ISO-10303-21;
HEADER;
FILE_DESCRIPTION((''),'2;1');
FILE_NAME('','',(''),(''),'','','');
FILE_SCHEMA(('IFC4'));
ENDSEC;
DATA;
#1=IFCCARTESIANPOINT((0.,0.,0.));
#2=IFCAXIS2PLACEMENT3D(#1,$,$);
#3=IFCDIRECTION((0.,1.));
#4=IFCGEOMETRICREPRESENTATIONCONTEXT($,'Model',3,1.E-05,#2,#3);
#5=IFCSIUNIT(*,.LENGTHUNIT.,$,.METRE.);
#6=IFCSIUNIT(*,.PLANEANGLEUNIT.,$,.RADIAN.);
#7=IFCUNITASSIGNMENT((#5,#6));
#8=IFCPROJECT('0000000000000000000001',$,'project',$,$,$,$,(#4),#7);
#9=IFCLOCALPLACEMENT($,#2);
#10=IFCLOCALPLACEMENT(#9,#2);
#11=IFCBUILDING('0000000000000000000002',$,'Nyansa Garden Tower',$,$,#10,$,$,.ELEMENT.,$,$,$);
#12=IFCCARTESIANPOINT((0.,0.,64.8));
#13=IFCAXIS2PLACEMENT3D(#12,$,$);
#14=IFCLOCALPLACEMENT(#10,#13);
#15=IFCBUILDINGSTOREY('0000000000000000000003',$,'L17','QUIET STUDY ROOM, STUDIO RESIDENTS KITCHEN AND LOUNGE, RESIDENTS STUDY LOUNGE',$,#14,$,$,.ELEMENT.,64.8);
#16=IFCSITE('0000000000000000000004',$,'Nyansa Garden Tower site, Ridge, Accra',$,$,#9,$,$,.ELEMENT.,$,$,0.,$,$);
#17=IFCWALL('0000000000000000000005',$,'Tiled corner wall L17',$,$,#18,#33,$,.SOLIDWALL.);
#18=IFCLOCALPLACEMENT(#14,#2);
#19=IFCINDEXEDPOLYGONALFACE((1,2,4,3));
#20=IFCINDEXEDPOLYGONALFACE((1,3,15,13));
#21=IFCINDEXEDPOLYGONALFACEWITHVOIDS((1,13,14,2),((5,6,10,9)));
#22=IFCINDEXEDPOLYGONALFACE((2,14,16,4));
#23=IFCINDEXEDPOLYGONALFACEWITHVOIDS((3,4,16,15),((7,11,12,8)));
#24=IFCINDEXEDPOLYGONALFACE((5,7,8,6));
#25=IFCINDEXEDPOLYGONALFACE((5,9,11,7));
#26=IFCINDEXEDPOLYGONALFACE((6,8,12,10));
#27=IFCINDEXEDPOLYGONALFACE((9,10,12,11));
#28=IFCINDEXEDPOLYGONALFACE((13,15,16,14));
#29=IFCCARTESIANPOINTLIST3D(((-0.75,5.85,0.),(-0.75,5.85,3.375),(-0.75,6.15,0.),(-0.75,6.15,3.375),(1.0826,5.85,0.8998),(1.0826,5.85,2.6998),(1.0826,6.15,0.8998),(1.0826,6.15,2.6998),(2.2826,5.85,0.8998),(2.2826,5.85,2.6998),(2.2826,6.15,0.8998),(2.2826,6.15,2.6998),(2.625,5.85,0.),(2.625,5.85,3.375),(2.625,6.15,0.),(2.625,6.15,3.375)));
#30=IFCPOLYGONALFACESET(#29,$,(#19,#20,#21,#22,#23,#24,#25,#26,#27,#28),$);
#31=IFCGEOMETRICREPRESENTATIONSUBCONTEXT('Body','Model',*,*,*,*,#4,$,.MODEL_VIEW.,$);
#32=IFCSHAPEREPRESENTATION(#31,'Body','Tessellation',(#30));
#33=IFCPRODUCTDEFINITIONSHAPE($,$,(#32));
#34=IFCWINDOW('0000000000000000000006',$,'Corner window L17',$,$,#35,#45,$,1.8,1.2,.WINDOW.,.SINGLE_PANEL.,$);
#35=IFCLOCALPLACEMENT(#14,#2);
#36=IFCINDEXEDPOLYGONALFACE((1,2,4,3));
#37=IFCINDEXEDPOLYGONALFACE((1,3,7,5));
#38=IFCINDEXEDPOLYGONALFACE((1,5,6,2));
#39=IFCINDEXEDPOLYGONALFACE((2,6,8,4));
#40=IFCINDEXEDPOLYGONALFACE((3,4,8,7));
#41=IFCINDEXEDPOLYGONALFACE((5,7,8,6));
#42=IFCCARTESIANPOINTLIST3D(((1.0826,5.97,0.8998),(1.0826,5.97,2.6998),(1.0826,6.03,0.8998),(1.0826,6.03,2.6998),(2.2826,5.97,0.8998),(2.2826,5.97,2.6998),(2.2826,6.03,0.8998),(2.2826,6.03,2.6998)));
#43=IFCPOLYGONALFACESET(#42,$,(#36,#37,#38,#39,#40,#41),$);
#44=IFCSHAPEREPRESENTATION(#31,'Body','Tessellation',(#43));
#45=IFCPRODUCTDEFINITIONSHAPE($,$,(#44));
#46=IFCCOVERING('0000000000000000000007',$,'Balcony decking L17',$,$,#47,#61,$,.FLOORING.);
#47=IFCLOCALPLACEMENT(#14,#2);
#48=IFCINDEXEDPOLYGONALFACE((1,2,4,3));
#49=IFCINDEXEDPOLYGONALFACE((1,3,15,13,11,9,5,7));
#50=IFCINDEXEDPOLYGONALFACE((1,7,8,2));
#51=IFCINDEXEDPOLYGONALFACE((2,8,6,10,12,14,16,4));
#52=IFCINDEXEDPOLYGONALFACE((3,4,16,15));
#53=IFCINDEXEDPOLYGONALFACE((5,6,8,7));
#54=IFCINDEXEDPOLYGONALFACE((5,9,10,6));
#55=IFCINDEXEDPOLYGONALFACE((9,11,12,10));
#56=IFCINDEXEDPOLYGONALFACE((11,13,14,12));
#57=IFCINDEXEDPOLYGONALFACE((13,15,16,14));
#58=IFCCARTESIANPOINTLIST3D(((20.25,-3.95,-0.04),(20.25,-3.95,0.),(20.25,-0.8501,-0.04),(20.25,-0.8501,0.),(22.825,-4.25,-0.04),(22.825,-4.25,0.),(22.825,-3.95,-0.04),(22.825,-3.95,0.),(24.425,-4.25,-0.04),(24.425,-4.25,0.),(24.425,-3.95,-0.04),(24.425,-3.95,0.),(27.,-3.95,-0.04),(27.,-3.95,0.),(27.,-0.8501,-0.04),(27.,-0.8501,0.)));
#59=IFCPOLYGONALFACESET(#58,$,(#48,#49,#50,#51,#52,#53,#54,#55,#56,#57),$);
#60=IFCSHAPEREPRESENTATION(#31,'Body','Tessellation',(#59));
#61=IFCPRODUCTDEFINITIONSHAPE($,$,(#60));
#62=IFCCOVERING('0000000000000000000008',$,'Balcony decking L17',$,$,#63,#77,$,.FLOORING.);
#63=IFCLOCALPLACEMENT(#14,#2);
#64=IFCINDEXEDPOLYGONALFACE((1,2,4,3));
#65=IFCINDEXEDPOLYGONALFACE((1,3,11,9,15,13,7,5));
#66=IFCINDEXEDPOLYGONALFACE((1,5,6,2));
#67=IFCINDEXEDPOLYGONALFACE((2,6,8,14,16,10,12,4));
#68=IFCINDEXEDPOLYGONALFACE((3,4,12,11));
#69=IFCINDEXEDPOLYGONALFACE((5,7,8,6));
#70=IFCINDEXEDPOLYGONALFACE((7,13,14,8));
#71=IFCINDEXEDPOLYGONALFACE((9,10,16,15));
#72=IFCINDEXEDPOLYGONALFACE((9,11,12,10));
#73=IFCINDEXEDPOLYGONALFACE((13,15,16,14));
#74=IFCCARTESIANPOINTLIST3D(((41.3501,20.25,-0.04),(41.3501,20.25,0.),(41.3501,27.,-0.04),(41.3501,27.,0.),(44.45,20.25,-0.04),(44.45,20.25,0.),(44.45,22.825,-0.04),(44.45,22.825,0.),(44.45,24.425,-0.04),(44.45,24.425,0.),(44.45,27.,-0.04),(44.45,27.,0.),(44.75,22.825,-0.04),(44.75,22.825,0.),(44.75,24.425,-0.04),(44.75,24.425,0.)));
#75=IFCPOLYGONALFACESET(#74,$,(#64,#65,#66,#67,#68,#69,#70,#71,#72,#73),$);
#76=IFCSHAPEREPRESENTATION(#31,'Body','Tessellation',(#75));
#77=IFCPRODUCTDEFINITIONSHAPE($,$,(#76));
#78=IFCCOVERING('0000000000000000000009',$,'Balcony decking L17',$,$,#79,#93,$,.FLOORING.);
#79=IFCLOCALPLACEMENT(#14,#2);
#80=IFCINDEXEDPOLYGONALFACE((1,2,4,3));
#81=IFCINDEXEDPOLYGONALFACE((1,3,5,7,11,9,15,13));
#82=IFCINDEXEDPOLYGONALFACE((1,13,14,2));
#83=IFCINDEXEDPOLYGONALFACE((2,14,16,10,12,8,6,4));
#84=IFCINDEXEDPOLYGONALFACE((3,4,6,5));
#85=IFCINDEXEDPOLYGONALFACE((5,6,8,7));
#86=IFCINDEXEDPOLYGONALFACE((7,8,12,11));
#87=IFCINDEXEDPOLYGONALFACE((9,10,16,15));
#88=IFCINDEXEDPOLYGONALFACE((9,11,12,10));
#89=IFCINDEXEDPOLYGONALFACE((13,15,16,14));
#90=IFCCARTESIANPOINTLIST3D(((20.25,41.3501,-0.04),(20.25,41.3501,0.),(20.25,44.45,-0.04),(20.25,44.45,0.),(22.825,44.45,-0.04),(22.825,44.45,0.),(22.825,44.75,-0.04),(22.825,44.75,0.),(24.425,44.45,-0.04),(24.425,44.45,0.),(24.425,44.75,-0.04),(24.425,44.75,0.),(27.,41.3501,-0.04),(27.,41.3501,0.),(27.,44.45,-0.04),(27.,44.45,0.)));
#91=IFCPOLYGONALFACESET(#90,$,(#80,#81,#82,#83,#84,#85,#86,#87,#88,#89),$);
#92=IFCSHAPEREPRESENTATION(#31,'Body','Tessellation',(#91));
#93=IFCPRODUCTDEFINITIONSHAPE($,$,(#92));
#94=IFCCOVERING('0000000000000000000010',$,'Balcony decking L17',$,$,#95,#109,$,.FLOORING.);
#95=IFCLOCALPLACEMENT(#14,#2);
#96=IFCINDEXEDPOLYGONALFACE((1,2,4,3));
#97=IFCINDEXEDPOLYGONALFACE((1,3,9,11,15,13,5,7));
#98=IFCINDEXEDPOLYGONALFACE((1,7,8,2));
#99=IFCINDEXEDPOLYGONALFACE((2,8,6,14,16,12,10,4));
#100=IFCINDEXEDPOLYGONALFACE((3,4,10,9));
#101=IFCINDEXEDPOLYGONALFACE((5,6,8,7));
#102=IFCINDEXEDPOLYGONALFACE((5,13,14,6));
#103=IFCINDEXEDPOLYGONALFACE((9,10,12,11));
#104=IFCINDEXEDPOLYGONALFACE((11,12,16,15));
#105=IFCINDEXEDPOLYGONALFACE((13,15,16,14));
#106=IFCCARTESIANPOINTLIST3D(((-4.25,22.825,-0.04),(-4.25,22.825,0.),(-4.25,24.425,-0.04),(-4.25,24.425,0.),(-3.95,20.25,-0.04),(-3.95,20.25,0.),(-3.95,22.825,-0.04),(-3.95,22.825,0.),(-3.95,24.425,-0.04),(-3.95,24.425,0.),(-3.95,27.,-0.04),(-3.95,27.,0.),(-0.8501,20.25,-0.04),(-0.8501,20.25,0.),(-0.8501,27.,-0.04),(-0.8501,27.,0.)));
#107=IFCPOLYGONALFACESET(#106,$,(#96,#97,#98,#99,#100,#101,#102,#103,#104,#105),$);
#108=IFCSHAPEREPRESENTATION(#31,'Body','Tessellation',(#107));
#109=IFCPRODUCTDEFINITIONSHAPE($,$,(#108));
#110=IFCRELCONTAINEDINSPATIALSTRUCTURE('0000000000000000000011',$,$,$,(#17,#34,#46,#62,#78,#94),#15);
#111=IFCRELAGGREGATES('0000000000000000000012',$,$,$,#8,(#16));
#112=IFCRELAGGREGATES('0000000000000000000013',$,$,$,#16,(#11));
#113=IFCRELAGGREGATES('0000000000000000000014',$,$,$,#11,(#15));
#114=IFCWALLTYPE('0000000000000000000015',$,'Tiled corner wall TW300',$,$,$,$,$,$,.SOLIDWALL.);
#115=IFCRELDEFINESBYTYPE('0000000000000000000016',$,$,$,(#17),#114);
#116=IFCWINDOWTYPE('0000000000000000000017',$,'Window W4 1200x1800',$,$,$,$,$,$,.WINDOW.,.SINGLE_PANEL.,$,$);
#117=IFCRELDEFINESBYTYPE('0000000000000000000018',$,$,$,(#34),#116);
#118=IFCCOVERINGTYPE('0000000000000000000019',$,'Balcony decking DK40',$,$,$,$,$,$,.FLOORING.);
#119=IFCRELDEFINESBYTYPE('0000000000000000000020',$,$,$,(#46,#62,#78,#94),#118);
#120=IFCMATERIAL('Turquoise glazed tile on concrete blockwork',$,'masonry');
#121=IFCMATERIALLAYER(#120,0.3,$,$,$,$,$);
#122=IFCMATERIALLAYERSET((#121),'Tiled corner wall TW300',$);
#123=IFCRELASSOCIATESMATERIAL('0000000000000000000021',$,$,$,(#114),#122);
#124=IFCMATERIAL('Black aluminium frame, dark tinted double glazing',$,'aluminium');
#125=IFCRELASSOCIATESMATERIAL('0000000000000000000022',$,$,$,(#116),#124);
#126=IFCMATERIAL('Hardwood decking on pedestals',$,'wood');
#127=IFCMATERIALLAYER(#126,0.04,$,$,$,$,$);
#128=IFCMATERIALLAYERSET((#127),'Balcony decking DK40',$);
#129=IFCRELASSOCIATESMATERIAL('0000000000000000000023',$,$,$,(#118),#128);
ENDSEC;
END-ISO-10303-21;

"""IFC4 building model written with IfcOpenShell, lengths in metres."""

from ifc_helpers import new_model, si_unit, direction, frame, frame_2d, origin, place, context, subcontext, project, spatial, polyline, rectangle, outline, extrude, material, layer, layer_set, type_object, element, fill, save


model = new_model("IFC4")

# Units and contexts
model_context = context("Model", 3, precision=1e-05, world=origin(), true_north=direction((0.0, 1.0)))
body_context = subcontext(model_context, "Body", "Model", "MODEL_VIEW")
ifc_project = project(units=[si_unit("LENGTHUNIT", "METRE"), si_unit("PLANEANGLEUNIT", "RADIAN")], contexts=[model_context])

# Site, building, storey
site_placement = place(None, origin())
site = spatial("IfcSite", under=ifc_project, at=site_placement, Name="Nyansa Garden Tower site, Ridge, Accra", CompositionType="ELEMENT", RefElevation=0.0)
building_placement = place(site_placement, origin())
building = spatial("IfcBuilding", under=site, at=building_placement, Name="Nyansa Garden Tower", CompositionType="ELEMENT")
storey_placement = place(building_placement, frame((0.0, 0.0, 64.8)))
storey = spatial("IfcBuildingStorey", under=building, at=storey_placement, Name="L17", Description="QUIET STUDY ROOM, STUDIO RESIDENTS KITCHEN AND LOUNGE, RESIDENTS STUDY LOUNGE", CompositionType="ELEMENT", Elevation=64.8)

# Wall, opening, window
ifc_material_1 = material(Name="Turquoise glazed tile on concrete blockwork", Category="masonry")
ifc_layer_1 = layer(ifc_material_1, 0.3)
ifc_layer_set_1 = layer_set([ifc_layer_1], Name="Tiled corner wall TW300")
wall_type = type_object("IfcWallType", Name="Tiled corner wall TW300", PredefinedType="SOLIDWALL", material=ifc_layer_set_1)
wall_placement = place(storey_placement, frame((-0.75, 6.0, 0.0), z_axis=(0.0, 0.0, 1.0), x_axis=(1.0, 0.0, 0.0)))
wall = element("IfcWall", 1, at=wall_placement, inside=storey, type_object=wall_type, Name="Tiled corner wall L17", PredefinedType="SOLIDWALL", context=body_context, shape_type="SweptSolid", body=[
    extrude(rectangle(XDim=3.375, YDim=0.3, at=frame_2d((1.6875, 0.0))), origin(), (0.0, 0.0, 1.0), 3.375),
])
opening_placement = place(wall_placement, frame((1.8325, 0.0, 0.8999)))
opening = element("IfcOpeningElement", 2, at=opening_placement, cuts=wall, PredefinedType="OPENING", context=body_context, shape_type="SweptSolid", body=[
    extrude(rectangle(XDim=1.2, YDim=1.8, at=frame_2d((0.6001, 0.8999))), frame((0.0, 0.1599, 0.0), z_axis=(0.0, -1.0, 0.0), x_axis=(1.0, 0.0, 0.0)), (0.0, 0.0, 1.0), 0.3201),
])
ifc_material_2 = material(Name="Black aluminium frame, dark tinted double glazing", Category="aluminium")
window_type = type_object("IfcWindowType", Name="Window W4 1200x1800", PartitioningType="SINGLE_PANEL", PredefinedType="WINDOW", material=ifc_material_2)
window_placement = place(opening_placement, origin())
window = element("IfcWindow", 3, at=window_placement, inside=storey, type_object=window_type, Name="Corner window L17", OverallHeight=1.8, OverallWidth=1.2, PartitioningType="SINGLE_PANEL", PredefinedType="WINDOW", context=body_context, shape_type="SweptSolid", body=[
    extrude(rectangle(XDim=1.2, YDim=1.8, at=frame_2d((0.6001, 0.8999))), frame((0.0, 0.03, 0.0), z_axis=(0.0, -1.0, 0.0), x_axis=(1.0, 0.0, 0.0)), (0.0, 0.0, 1.0), 0.0601),
])
fill(opening, window)

# Coverings
ifc_material_3 = material(Name="Hardwood decking on pedestals", Category="wood")
ifc_layer_2 = layer(ifc_material_3, 0.04)
ifc_layer_set_2 = layer_set([ifc_layer_2], Name="Balcony decking DK40")
covering_type = type_object("IfcCoveringType", Name="Balcony decking DK40", PredefinedType="FLOORING", material=ifc_layer_set_2)
covering_1_placement = place(storey_placement, frame((0.0, 0.0, -0.04)))
element("IfcCovering", 4, at=covering_1_placement, inside=storey, type_object=covering_type, Name="Balcony decking L17", PredefinedType="FLOORING", context=body_context, shape_type="SweptSolid", body=[
    extrude(outline(polyline([(20.25, -0.8501), (27.0, -0.8501), (27.0, -3.95), (24.425, -3.95), (24.425, -4.25), (22.825, -4.25), (22.825, -3.95), (20.25, -3.95), (20.25, -0.8501)])), origin(), (0.0, 0.0, 1.0), 0.04),
])
covering_2_placement = place(storey_placement, frame((0.0, 0.0, -0.04)))
element("IfcCovering", 5, at=covering_2_placement, inside=storey, type_object=covering_type, Name="Balcony decking L17", PredefinedType="FLOORING", context=body_context, shape_type="SweptSolid", body=[
    extrude(outline(polyline([(41.3501, 20.25), (41.3501, 27.0), (44.45, 27.0), (44.45, 24.425), (44.75, 24.425), (44.75, 22.825), (44.45, 22.825), (44.45, 20.25), (41.3501, 20.25)])), origin(), (0.0, 0.0, 1.0), 0.04),
])
covering_3_placement = place(storey_placement, frame((0.0, 0.0, -0.04)))
element("IfcCovering", 6, at=covering_3_placement, inside=storey, type_object=covering_type, Name="Balcony decking L17", PredefinedType="FLOORING", context=body_context, shape_type="SweptSolid", body=[
    extrude(outline(polyline([(20.25, 41.3501), (27.0, 41.3501), (27.0, 44.45), (24.425, 44.45), (24.425, 44.75), (22.825, 44.75), (22.825, 44.45), (20.25, 44.45), (20.25, 41.3501)])), origin(), (0.0, 0.0, 1.0), 0.04),
])
covering_4_placement = place(storey_placement, frame((0.0, 0.0, -0.04)))
element("IfcCovering", 7, at=covering_4_placement, inside=storey, type_object=covering_type, Name="Balcony decking L17", PredefinedType="FLOORING", context=body_context, shape_type="SweptSolid", body=[
    extrude(outline(polyline([(-0.8501, 20.25), (-0.8501, 27.0), (-3.95, 27.0), (-3.95, 24.425), (-4.25, 24.425), (-4.25, 22.825), (-3.95, 22.825), (-3.95, 20.25), (-0.8501, 20.25)])), origin(), (0.0, 0.0, 1.0), 0.04),
])

save(model, "model.ifc")
